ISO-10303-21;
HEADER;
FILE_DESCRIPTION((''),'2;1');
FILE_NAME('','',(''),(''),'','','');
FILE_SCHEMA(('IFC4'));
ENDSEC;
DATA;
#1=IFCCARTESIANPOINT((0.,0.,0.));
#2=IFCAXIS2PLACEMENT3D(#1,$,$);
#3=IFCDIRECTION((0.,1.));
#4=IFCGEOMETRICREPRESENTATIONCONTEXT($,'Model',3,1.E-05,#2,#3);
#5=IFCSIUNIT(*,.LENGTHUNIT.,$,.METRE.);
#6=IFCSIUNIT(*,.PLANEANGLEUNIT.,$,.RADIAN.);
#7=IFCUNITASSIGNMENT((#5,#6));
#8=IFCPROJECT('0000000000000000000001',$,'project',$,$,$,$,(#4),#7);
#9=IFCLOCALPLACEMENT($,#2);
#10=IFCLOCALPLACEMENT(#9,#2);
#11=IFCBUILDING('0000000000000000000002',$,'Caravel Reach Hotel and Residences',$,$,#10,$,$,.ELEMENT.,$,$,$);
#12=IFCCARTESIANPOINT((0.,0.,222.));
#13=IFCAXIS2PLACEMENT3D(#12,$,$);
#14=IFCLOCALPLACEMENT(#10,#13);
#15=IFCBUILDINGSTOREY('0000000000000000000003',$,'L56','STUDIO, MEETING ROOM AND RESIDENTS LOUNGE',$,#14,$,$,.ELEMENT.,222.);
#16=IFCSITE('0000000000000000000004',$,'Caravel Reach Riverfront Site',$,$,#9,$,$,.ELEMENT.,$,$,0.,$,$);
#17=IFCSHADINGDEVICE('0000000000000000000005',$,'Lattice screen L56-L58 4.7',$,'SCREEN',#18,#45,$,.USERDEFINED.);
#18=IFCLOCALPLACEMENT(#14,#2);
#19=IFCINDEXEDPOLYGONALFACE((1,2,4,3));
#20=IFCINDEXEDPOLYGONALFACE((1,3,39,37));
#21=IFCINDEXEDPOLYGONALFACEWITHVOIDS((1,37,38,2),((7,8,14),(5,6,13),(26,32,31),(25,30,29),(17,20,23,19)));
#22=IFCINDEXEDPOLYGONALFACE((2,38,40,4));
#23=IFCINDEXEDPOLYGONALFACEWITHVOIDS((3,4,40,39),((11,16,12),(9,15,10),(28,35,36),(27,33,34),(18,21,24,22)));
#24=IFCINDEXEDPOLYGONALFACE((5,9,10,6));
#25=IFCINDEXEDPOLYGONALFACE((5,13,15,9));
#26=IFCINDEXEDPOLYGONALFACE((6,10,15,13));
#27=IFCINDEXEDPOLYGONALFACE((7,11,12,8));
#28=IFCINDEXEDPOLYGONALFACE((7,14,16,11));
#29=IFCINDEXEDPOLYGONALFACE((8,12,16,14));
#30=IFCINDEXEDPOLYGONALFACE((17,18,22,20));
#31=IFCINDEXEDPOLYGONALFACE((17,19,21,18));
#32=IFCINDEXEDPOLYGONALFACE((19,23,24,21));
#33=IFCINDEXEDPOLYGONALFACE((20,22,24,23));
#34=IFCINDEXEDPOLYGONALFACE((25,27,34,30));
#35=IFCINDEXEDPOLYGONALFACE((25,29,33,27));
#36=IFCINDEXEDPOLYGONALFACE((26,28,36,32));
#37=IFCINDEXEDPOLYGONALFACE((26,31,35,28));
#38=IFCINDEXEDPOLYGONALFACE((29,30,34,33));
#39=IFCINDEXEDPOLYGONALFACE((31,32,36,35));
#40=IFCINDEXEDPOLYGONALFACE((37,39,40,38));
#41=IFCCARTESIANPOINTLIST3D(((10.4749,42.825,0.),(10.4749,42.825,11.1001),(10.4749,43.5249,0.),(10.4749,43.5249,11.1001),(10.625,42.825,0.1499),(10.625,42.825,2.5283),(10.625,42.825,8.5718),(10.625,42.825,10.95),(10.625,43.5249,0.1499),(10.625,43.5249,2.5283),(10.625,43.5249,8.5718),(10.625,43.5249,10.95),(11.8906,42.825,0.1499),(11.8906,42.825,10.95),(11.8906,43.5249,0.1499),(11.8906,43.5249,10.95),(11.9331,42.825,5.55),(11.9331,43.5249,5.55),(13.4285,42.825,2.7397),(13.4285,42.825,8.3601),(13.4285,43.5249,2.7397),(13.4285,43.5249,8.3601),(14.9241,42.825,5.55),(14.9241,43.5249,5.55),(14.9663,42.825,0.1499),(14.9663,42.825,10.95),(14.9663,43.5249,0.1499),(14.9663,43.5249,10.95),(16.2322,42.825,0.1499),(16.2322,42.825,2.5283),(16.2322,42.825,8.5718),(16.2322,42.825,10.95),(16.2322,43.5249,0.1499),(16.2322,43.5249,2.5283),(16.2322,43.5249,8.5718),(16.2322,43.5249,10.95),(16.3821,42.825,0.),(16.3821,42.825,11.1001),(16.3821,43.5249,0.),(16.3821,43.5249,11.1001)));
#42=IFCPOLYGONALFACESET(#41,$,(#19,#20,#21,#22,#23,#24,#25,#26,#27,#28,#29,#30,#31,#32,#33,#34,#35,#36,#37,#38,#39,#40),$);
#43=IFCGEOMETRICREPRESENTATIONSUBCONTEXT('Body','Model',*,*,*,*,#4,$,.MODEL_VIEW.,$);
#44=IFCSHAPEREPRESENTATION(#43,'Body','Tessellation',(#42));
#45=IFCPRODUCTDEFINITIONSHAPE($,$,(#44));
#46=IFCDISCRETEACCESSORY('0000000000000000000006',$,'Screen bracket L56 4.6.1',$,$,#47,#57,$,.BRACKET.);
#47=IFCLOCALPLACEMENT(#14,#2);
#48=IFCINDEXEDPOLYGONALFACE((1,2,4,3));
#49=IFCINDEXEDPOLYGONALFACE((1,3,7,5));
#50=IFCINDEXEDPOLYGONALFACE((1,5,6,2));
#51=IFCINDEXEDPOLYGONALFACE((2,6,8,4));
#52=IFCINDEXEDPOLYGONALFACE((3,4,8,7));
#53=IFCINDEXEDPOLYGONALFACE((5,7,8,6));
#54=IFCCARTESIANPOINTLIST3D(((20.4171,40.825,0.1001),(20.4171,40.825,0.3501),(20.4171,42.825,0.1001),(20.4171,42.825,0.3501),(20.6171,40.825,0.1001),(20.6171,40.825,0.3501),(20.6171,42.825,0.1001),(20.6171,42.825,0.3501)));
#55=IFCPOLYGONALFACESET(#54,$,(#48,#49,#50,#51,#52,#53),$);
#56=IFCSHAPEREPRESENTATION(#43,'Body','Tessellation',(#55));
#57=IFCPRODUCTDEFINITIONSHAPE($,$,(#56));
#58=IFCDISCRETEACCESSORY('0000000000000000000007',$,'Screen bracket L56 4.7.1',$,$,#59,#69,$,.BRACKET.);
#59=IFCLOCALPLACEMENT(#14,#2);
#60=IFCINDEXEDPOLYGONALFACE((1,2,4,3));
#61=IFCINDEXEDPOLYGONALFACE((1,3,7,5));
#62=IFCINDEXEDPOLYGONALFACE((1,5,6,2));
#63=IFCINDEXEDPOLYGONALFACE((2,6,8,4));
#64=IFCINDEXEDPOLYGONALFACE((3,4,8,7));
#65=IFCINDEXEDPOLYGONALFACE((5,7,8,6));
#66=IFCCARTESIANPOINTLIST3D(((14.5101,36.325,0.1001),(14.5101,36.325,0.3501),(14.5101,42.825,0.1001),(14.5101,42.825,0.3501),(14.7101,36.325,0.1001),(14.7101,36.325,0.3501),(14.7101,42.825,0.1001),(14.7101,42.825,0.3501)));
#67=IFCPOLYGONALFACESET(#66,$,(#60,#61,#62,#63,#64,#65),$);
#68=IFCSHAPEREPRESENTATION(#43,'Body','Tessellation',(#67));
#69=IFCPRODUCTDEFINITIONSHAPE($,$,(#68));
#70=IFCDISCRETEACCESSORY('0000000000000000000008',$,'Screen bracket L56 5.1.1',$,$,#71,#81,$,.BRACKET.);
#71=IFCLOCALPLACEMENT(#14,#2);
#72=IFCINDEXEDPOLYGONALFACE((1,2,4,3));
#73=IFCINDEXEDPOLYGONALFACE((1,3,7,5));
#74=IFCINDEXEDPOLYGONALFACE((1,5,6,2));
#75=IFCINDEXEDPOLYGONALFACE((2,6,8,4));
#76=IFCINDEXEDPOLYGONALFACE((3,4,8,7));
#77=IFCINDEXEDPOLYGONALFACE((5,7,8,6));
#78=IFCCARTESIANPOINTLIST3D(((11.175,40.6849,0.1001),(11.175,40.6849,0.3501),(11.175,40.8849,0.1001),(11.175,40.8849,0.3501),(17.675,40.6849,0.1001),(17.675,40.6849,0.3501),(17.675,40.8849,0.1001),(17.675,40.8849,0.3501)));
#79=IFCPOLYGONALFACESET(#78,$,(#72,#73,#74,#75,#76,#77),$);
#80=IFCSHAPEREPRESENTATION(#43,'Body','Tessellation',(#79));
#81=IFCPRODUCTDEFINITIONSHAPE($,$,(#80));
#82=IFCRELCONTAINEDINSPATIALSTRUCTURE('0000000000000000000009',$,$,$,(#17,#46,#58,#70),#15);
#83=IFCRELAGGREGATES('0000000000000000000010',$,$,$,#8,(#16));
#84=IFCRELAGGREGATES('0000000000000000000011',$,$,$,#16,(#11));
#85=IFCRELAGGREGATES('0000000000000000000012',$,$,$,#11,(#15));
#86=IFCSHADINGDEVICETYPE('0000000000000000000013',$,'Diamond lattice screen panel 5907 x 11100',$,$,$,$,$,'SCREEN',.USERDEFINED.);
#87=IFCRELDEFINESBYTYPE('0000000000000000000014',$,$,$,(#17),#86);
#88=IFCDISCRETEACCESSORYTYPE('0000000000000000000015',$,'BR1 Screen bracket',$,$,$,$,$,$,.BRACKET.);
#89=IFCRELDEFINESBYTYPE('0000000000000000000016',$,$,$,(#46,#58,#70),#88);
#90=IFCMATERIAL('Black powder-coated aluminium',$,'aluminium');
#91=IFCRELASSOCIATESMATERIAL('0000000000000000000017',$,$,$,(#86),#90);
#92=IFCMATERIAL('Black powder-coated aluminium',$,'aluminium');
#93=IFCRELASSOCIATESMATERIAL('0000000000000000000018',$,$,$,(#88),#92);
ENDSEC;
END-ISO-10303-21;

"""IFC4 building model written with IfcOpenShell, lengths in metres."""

from ifc_helpers import new_model, si_unit, direction, frame, origin, origin_2d, place, context, subcontext, project, spatial, polyline, rectangle, outline, extrude, material, type_object, element, save


model = new_model("IFC4")

# Units and contexts
model_context = context("Model", 3, precision=1e-05, world=origin(), true_north=direction((0.0, 1.0)))
body_context = subcontext(model_context, "Body", "Model", "MODEL_VIEW")
ifc_project = project(units=[si_unit("LENGTHUNIT", "METRE"), si_unit("PLANEANGLEUNIT", "RADIAN")], contexts=[model_context])

# Site, building, storey
site_placement = place(None, origin())
site = spatial("IfcSite", under=ifc_project, at=site_placement, Name="Caravel Reach Riverfront Site", CompositionType="ELEMENT", RefElevation=0.0)
building_placement = place(site_placement, origin())
building = spatial("IfcBuilding", under=site, at=building_placement, Name="Caravel Reach Hotel and Residences", CompositionType="ELEMENT")
storey_placement = place(building_placement, frame((0.0, 0.0, 222.0)))
storey = spatial("IfcBuildingStorey", under=building, at=storey_placement, Name="L56", Description="STUDIO, MEETING ROOM AND RESIDENTS LOUNGE", CompositionType="ELEMENT", Elevation=222.0)

# Shading device
ifc_material_1 = material(Name="Black powder-coated aluminium", Category="aluminium")
shading_device_type = type_object("IfcShadingDeviceType", Name="Diamond lattice screen panel 5907 x 11100", ElementType="SCREEN", PredefinedType="USERDEFINED", material=ifc_material_1)
for number, where, z_axis, x_axis, name in (
    (1, (16.3821, 42.825, 0.0), (0.0, 1.0, 0.0), (-1.0, 0.0, 0.0), "Lattice screen L56-L58 4.7"),
):
    element("IfcShadingDevice", number, at=place(storey_placement, frame(where, z_axis=z_axis, x_axis=x_axis)), inside=storey, type_object=shading_device_type, Name=name, ObjectType="SCREEN", PredefinedType="USERDEFINED", context=body_context, shape_type="SweptSolid", body=[
        extrude(outline(polyline([(0.0, 0.0), (5.9072, 0.0), (5.9072, 11.1001), (0.0, 11.1001), (0.0, 0.0)]), holes=[polyline([(1.4158, 0.1499), (0.1499, 2.5283), (0.1499, 0.1499), (1.4158, 0.1499)]), polyline([(0.1499, 8.5718), (1.4158, 10.95), (0.1499, 10.95), (0.1499, 8.5718)]), polyline([(2.9536, 8.3601), (1.458, 5.55), (2.9536, 2.7397), (4.449, 5.55), (2.9536, 8.3601)]), polyline([(5.7571, 2.5283), (4.4915, 0.1499), (5.7571, 0.1499), (5.7571, 2.5283)]), polyline([(4.4915, 10.95), (5.7571, 8.5718), (5.7571, 10.95), (4.4915, 10.95)])]), origin(), (0.0, 0.0, 1.0), 0.7),
    ])

# Discrete accessories
ifc_material_2 = material(Name="Black powder-coated aluminium", Category="aluminium")
discrete_accessory_type = type_object("IfcDiscreteAccessoryType", Name="BR1 Screen bracket", PredefinedType="BRACKET", material=ifc_material_2)
discrete_accessory_placement = place(storey_placement, frame((20.5171, 41.825, 0.1001), z_axis=(0.0, 0.0, 1.0), x_axis=(0.0, 1.0, 0.0)))
element("IfcDiscreteAccessory", 2, at=discrete_accessory_placement, inside=storey, type_object=discrete_accessory_type, Name="Screen bracket L56 4.6.1", PredefinedType="BRACKET", context=body_context, shape_type="SweptSolid", body=[
    extrude(rectangle(XDim=2.0, YDim=0.2, at=origin_2d()), origin(), (0.0, 0.0, 1.0), 0.25),
])
for number, where, z_axis, x_axis, name in (
    (3, (14.6101, 39.575, 0.1001), (0.0, 0.0, 1.0), (0.0, 1.0, 0.0), "Screen bracket L56 4.7.1"),
    (4, (14.425, 40.7849, 0.1001), (0.0, 0.0, 1.0), (-1.0, 0.0, 0.0), "Screen bracket L56 5.1.1"),
):
    element("IfcDiscreteAccessory", number, at=place(storey_placement, frame(where, z_axis=z_axis, x_axis=x_axis)), inside=storey, type_object=discrete_accessory_type, Name=name, PredefinedType="BRACKET", context=body_context, shape_type="SweptSolid", body=[
        extrude(rectangle(XDim=6.5, YDim=0.2, at=origin_2d()), origin(), (0.0, 0.0, 1.0), 0.25),
    ])

save(model, "model.ifc")
